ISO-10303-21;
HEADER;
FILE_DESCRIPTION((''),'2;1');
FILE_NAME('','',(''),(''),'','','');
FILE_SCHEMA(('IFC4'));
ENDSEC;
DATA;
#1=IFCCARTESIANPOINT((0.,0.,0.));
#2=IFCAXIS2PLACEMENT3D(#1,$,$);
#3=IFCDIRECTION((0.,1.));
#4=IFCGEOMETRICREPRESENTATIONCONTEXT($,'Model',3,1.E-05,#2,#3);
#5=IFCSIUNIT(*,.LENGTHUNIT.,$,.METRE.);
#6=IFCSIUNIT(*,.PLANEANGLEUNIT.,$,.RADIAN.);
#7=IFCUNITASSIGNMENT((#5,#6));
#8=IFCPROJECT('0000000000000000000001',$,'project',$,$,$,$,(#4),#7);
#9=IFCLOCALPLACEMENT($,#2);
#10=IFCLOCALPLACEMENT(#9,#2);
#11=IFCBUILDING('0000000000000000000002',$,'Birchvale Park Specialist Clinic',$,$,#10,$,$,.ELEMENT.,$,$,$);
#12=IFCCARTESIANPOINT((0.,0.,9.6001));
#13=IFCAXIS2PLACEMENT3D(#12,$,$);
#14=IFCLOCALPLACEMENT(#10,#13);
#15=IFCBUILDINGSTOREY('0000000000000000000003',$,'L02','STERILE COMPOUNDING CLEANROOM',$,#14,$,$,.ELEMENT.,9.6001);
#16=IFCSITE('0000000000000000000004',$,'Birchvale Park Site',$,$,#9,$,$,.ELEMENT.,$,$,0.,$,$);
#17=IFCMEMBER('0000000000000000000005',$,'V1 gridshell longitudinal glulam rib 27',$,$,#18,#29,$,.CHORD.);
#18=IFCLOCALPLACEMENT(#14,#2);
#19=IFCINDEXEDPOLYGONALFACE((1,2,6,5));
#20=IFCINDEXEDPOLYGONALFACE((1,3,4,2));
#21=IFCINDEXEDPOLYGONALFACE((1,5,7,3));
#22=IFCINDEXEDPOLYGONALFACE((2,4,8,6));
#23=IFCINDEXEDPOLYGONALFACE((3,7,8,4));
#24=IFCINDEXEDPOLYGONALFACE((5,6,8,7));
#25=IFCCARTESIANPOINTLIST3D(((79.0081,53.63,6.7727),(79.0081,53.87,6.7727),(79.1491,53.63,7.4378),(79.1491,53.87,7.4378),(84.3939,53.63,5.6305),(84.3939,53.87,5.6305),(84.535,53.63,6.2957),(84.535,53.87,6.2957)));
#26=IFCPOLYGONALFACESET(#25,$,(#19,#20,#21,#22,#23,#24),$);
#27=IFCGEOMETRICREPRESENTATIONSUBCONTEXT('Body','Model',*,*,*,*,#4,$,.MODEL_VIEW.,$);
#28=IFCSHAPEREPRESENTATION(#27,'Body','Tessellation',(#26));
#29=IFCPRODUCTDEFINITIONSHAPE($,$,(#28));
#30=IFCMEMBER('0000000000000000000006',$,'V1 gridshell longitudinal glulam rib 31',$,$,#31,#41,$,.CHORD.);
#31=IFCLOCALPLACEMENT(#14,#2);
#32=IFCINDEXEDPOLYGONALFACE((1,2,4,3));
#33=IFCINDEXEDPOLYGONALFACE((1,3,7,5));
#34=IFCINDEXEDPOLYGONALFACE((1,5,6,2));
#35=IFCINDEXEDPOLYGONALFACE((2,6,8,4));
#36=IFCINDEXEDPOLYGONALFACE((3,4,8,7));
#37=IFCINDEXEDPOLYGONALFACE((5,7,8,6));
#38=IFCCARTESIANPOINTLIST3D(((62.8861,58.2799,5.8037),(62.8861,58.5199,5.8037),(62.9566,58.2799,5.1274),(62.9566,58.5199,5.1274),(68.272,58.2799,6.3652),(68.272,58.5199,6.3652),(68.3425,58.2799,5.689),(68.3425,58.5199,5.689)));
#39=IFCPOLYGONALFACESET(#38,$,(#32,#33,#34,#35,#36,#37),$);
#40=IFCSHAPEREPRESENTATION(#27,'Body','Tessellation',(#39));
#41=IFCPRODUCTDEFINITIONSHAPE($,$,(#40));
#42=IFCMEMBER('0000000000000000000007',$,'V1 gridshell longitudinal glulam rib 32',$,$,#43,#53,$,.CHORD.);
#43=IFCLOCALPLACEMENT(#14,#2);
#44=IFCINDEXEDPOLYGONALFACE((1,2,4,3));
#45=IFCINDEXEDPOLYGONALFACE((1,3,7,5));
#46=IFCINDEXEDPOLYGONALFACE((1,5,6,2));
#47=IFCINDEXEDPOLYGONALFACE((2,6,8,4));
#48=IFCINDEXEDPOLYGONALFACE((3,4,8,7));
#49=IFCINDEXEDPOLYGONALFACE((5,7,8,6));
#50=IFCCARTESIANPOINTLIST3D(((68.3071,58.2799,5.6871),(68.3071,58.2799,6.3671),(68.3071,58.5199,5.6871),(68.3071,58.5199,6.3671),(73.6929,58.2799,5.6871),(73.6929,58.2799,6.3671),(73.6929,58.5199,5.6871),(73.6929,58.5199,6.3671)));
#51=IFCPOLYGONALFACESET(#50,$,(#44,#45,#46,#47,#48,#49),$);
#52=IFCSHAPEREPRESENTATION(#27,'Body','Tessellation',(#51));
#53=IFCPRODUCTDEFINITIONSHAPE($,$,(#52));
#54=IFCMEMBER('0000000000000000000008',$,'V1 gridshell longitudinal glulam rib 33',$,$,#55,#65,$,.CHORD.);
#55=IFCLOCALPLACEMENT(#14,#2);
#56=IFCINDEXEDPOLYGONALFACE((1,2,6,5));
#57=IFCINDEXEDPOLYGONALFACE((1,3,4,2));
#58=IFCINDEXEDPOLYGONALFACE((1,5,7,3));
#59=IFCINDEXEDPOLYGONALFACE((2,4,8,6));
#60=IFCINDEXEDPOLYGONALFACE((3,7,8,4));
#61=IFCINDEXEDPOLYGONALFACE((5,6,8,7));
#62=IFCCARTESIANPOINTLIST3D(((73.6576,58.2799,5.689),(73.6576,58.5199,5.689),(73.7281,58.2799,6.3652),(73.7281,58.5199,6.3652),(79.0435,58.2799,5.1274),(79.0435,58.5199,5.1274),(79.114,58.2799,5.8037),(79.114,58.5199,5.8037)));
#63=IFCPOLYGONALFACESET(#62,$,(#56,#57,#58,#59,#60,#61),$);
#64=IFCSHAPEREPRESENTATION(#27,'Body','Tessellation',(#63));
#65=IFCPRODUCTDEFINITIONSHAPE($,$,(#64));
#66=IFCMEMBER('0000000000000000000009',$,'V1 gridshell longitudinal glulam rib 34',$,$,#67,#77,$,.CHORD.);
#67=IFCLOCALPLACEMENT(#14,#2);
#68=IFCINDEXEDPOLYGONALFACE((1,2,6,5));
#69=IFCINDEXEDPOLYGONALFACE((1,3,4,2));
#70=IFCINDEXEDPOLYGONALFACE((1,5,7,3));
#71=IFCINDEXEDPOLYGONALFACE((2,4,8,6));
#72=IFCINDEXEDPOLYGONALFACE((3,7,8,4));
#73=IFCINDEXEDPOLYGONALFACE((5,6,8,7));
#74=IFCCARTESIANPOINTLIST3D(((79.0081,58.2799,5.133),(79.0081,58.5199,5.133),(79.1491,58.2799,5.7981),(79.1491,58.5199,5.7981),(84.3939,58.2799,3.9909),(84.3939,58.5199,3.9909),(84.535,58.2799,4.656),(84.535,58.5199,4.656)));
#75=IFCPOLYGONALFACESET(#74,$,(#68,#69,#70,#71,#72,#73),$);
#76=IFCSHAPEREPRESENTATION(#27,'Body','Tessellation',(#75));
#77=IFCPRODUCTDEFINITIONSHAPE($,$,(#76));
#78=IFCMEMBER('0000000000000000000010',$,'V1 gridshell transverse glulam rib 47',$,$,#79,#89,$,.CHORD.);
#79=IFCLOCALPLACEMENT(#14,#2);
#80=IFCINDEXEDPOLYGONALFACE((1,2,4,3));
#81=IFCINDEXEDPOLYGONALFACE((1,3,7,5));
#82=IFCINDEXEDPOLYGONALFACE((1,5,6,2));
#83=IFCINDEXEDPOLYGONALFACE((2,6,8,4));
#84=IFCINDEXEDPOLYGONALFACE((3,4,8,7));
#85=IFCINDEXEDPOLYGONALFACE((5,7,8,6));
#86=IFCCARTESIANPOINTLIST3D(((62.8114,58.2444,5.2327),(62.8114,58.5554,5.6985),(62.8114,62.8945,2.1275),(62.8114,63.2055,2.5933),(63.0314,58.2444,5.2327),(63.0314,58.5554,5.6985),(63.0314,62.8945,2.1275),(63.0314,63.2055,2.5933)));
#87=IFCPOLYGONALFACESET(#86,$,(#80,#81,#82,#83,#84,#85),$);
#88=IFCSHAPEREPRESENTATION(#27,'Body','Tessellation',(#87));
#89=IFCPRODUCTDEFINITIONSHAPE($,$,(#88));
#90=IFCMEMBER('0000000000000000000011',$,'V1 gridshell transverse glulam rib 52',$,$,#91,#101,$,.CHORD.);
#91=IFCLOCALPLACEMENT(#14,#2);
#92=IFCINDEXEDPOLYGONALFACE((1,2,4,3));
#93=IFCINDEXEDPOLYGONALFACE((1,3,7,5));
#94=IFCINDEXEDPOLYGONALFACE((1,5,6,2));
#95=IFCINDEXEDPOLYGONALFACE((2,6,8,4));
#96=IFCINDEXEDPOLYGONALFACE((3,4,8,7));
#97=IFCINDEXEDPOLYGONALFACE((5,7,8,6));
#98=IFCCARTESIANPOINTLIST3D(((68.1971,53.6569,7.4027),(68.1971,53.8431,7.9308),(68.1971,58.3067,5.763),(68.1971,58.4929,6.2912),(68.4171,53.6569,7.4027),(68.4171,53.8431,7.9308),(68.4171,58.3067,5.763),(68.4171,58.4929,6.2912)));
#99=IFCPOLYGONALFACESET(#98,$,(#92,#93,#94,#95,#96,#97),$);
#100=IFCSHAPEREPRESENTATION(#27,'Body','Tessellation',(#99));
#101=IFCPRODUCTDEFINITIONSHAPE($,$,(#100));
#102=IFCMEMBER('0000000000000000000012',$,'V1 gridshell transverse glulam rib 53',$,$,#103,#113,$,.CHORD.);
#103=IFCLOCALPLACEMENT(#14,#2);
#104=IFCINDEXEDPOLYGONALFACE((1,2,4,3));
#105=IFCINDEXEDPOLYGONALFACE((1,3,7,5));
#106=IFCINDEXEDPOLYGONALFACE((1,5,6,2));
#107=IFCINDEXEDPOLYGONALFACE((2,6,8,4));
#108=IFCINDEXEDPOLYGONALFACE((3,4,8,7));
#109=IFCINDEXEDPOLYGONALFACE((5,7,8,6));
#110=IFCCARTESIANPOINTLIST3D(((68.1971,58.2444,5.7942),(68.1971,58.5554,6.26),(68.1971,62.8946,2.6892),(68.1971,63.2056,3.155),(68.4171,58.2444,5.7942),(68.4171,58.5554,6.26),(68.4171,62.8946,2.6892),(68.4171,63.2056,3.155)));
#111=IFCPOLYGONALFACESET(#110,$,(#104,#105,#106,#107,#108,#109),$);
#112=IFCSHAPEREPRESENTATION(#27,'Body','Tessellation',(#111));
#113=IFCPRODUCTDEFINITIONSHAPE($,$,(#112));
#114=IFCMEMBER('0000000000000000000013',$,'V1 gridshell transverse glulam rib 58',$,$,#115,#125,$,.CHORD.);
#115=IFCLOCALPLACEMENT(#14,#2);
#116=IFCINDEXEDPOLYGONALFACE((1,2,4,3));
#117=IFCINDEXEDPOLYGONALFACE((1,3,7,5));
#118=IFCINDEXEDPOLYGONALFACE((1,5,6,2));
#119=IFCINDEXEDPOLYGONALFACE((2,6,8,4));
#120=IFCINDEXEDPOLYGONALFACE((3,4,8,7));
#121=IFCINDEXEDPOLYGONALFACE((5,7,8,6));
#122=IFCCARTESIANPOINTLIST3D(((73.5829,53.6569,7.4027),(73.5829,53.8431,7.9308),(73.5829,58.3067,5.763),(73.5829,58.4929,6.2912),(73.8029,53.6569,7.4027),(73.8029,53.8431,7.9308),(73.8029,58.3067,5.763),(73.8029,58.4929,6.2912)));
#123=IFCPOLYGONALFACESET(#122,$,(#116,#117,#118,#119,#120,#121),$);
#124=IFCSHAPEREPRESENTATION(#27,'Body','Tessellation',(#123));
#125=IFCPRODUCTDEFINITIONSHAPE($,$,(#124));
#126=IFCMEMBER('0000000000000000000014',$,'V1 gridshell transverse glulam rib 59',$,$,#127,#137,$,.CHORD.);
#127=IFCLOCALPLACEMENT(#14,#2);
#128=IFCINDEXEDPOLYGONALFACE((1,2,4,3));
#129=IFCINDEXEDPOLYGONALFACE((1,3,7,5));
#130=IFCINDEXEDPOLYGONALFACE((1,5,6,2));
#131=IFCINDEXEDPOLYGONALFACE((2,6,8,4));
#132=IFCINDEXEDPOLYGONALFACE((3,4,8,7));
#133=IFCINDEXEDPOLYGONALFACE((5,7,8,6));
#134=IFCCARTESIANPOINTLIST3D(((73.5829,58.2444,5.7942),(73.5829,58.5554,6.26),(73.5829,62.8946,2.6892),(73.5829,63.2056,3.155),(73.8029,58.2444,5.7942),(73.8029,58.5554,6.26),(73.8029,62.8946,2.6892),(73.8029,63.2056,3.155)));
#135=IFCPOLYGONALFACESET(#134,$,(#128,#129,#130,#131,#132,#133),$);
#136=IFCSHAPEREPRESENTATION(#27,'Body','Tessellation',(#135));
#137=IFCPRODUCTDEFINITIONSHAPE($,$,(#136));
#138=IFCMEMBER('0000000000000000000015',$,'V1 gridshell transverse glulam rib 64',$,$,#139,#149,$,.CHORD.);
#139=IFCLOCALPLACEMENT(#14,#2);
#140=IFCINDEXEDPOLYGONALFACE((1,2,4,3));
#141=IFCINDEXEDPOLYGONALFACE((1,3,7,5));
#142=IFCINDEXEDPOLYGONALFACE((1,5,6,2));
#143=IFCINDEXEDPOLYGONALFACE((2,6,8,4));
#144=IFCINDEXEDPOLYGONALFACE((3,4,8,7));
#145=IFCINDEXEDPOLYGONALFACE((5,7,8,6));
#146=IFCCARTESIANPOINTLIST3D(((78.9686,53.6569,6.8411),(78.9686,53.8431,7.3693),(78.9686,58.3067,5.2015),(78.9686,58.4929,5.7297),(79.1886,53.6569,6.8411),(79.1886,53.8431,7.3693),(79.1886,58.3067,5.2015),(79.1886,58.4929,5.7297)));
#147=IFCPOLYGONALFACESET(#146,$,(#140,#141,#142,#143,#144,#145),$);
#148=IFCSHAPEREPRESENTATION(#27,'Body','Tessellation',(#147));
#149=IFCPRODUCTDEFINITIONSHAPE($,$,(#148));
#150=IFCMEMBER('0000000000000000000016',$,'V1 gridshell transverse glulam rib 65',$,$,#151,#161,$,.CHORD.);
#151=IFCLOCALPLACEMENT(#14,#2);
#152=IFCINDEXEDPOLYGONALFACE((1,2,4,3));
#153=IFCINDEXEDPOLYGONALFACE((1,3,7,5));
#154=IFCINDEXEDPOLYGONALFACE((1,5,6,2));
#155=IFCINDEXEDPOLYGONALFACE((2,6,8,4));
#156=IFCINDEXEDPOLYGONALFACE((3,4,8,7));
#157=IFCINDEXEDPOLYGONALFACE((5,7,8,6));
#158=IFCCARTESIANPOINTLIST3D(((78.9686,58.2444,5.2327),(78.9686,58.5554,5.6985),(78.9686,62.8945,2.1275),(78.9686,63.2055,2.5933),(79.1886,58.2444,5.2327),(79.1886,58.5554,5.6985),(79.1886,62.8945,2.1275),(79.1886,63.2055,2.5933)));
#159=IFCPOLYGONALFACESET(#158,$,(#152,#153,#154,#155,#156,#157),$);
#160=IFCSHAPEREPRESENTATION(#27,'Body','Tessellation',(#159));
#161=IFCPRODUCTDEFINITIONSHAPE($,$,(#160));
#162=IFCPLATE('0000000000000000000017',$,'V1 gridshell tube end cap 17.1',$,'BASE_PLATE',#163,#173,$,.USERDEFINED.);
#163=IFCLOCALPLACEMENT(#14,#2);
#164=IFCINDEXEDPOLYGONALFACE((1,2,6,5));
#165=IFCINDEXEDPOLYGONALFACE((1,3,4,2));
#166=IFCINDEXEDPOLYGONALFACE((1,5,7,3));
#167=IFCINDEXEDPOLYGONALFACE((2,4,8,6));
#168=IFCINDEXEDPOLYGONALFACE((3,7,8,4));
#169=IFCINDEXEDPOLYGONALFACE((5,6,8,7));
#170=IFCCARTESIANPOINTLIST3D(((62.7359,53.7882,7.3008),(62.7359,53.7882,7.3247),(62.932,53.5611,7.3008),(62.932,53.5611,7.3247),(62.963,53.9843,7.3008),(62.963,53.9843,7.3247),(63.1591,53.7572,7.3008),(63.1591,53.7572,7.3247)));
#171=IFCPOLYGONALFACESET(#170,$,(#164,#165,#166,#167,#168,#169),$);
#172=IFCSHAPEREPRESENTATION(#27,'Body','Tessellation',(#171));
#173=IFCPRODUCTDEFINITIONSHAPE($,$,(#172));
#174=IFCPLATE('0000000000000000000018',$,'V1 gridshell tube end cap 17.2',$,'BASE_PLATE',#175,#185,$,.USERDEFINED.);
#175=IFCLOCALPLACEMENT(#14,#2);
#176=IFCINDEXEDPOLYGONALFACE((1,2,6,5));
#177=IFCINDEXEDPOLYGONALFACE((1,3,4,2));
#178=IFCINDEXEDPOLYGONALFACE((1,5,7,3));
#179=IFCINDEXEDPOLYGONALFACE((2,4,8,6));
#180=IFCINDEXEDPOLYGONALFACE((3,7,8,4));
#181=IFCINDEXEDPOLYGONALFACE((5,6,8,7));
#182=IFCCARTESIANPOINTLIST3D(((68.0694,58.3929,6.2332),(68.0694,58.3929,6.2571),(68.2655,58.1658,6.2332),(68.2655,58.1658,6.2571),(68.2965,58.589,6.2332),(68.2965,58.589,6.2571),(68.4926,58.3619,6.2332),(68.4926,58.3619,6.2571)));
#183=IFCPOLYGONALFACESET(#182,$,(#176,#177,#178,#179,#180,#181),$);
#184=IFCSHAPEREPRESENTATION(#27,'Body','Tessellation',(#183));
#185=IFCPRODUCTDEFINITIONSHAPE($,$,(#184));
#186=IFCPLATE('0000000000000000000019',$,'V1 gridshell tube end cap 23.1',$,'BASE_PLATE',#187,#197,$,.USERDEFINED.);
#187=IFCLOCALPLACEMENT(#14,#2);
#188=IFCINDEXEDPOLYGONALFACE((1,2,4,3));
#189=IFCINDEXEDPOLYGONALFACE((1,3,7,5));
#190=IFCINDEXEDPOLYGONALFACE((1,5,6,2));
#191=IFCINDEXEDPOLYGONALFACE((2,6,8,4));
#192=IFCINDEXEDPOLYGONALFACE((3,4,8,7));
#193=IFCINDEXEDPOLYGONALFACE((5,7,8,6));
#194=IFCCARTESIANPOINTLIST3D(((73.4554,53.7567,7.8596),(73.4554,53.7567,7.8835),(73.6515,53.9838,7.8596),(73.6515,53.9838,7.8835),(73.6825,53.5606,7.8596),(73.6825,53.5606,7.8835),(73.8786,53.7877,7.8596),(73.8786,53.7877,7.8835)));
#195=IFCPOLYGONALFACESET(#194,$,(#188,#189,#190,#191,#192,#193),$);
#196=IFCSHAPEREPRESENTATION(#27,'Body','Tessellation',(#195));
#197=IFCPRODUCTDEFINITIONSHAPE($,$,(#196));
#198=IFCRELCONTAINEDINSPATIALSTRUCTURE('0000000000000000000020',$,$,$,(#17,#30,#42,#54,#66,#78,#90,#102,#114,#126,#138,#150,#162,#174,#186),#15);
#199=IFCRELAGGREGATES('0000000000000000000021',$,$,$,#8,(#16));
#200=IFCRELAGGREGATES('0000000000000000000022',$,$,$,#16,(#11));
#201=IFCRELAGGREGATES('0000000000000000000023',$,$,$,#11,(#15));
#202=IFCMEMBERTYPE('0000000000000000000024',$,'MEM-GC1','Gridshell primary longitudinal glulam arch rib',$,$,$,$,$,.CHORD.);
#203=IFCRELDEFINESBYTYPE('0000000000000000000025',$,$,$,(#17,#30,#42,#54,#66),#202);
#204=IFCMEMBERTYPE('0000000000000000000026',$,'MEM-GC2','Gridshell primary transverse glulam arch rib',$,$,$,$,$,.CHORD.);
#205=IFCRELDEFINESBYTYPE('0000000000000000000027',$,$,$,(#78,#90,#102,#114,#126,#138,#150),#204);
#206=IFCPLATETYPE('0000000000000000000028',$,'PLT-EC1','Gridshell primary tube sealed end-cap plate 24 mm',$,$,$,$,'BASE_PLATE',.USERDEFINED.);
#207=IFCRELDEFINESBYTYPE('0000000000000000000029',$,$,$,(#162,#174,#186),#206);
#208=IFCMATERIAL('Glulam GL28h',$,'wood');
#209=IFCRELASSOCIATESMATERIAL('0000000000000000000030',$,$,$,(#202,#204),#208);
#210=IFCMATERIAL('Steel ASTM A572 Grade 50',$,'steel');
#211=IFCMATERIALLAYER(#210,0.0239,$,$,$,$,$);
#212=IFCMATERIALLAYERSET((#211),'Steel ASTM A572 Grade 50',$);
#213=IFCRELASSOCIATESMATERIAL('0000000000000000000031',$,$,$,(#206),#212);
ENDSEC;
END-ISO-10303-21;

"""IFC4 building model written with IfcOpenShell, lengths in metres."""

from ifc_helpers import new_model, si_unit, direction, frame, origin, origin_2d, place, context, subcontext, project, spatial, rectangle, extrude, material, layer, layer_set, material_profile, profile_set, type_object, element, save


model = new_model("IFC4")

# Units and contexts
model_context = context("Model", 3, precision=1e-05, world=origin(), true_north=direction((0.0, 1.0)))
body_context = subcontext(model_context, "Body", "Model", "MODEL_VIEW")
ifc_project = project(units=[si_unit("LENGTHUNIT", "METRE"), si_unit("PLANEANGLEUNIT", "RADIAN")], contexts=[model_context])

# Site, building, storey
site_placement = place(None, origin())
site = spatial("IfcSite", under=ifc_project, at=site_placement, Name="Birchvale Park Site", CompositionType="ELEMENT", RefElevation=0.0)
building_placement = place(site_placement, origin())
building = spatial("IfcBuilding", under=site, at=building_placement, Name="Birchvale Park Specialist Clinic", CompositionType="ELEMENT")
storey_placement = place(building_placement, frame((0.0, 0.0, 9.6001)))
storey = spatial("IfcBuildingStorey", under=building, at=storey_placement, Name="L02", Description="STERILE COMPOUNDING CLEANROOM", CompositionType="ELEMENT", Elevation=9.6001)

# Members
ifc_material_1 = material(Name="Glulam GL28h", Category="wood")
ifc_material_profile_1 = material_profile(ifc_material_1, rectangle(XDim=0.24, YDim=0.6799, at=origin_2d()), Name="GL-240x680")
ifc_profile_set_1 = profile_set([ifc_material_profile_1], Name="Glulam GL28h")
member_type_1 = type_object("IfcMemberType", Name="MEM-GC1", Description="Gridshell primary longitudinal glulam arch rib", PredefinedType="CHORD", material=ifc_profile_set_1)
member_1_placement = place(storey_placement, frame((79.0786, 53.75, 7.1052), z_axis=(0.978247, 0.0, -0.207445), x_axis=(0.0, 1.0, 0.0)))
element("IfcMember", 1, at=member_1_placement, inside=storey, type_object=member_type_1, Name="V1 gridshell longitudinal glulam rib 27", PredefinedType="CHORD", context=body_context, shape_type="SweptSolid", body=[
    extrude(rectangle(XDim=0.24, YDim=0.6799, at=origin_2d()), origin(), (0.0, 0.0, 1.0), 5.5056),
])
member_2_placement = place(storey_placement, frame((62.9214, 58.3999, 5.4656), z_axis=(0.994609, 0.0, 0.103699), x_axis=(0.0, 1.0, 0.0)))
element("IfcMember", 2, at=member_2_placement, inside=storey, type_object=member_type_1, Name="V1 gridshell longitudinal glulam rib 31", PredefinedType="CHORD", context=body_context, shape_type="SweptSolid", body=[
    extrude(rectangle(XDim=0.24, YDim=0.6799, at=origin_2d()), origin(), (0.0, 0.0, 1.0), 5.415),
])
member_3_placement = place(storey_placement, frame((68.3071, 58.3999, 6.0271), z_axis=(1.0, 0.0, 0.0), x_axis=(0.0, 1.0, 0.0)))
element("IfcMember", 3, at=member_3_placement, inside=storey, type_object=member_type_1, Name="V1 gridshell longitudinal glulam rib 32", PredefinedType="CHORD", context=body_context, shape_type="SweptSolid", body=[
    extrude(rectangle(XDim=0.24, YDim=0.6799, at=origin_2d()), origin(), (0.0, 0.0, 1.0), 5.3857),
])
member_4_placement = place(storey_placement, frame((73.6929, 58.3999, 6.0271), z_axis=(0.994609, 0.0, -0.103699), x_axis=(0.0, 1.0, 0.0)))
element("IfcMember", 4, at=member_4_placement, inside=storey, type_object=member_type_1, Name="V1 gridshell longitudinal glulam rib 33", PredefinedType="CHORD", context=body_context, shape_type="SweptSolid", body=[
    extrude(rectangle(XDim=0.24, YDim=0.6799, at=origin_2d()), origin(), (0.0, 0.0, 1.0), 5.415),
])
member_5_placement = place(storey_placement, frame((79.0786, 58.3999, 5.4656), z_axis=(0.978247, 0.0, -0.207445), x_axis=(0.0, 1.0, 0.0)))
element("IfcMember", 5, at=member_5_placement, inside=storey, type_object=member_type_1, Name="V1 gridshell longitudinal glulam rib 34", PredefinedType="CHORD", context=body_context, shape_type="SweptSolid", body=[
    extrude(rectangle(XDim=0.24, YDim=0.6799, at=origin_2d()), origin(), (0.0, 0.0, 1.0), 5.5056),
])
ifc_material_profile_2 = material_profile(ifc_material_1, rectangle(XDim=0.22, YDim=0.5601, at=origin_2d()), Name="GL-220x560")
ifc_profile_set_2 = profile_set([ifc_material_profile_2], Name="Glulam GL28h")
member_type_2 = type_object("IfcMemberType", Name="MEM-GC2", Description="Gridshell primary transverse glulam arch rib", PredefinedType="CHORD", material=ifc_profile_set_2)
member_6_placement = place(storey_placement, frame((62.9214, 58.3999, 5.4656), z_axis=(0.0, 0.831627, -0.555335), x_axis=(-1.0, 0.0, 0.0)))
element("IfcMember", 6, at=member_6_placement, inside=storey, type_object=member_type_2, Name="V1 gridshell transverse glulam rib 47", PredefinedType="CHORD", context=body_context, shape_type="SweptSolid", body=[
    extrude(rectangle(XDim=0.22, YDim=0.5601, at=origin_2d()), origin(), (0.0, 0.0, 1.0), 5.5916),
])
member_7_placement = place(storey_placement, frame((68.3071, 53.75, 7.6667), z_axis=(0.0, 0.943085, -0.332551), x_axis=(-1.0, 0.0, 0.0)))
element("IfcMember", 7, at=member_7_placement, inside=storey, type_object=member_type_2, Name="V1 gridshell transverse glulam rib 52", PredefinedType="CHORD", context=body_context, shape_type="SweptSolid", body=[
    extrude(rectangle(XDim=0.22, YDim=0.5601, at=origin_2d()), origin(), (0.0, 0.0, 1.0), 4.9304),
])
member_8_placement = place(storey_placement, frame((68.3071, 58.3999, 6.0271), z_axis=(0.0, 0.831647, -0.555305), x_axis=(-1.0, 0.0, 0.0)))
element("IfcMember", 8, at=member_8_placement, inside=storey, type_object=member_type_2, Name="V1 gridshell transverse glulam rib 53", PredefinedType="CHORD", context=body_context, shape_type="SweptSolid", body=[
    extrude(rectangle(XDim=0.22, YDim=0.5601, at=origin_2d()), origin(), (0.0, 0.0, 1.0), 5.5916),
])
member_9_placement = place(storey_placement, frame((73.6929, 53.75, 7.6667), z_axis=(0.0, 0.943085, -0.332551), x_axis=(-1.0, 0.0, 0.0)))
element("IfcMember", 9, at=member_9_placement, inside=storey, type_object=member_type_2, Name="V1 gridshell transverse glulam rib 58", PredefinedType="CHORD", context=body_context, shape_type="SweptSolid", body=[
    extrude(rectangle(XDim=0.22, YDim=0.5601, at=origin_2d()), origin(), (0.0, 0.0, 1.0), 4.9304),
])
member_10_placement = place(storey_placement, frame((73.6929, 58.3999, 6.0271), z_axis=(0.0, 0.831647, -0.555305), x_axis=(-1.0, 0.0, 0.0)))
element("IfcMember", 10, at=member_10_placement, inside=storey, type_object=member_type_2, Name="V1 gridshell transverse glulam rib 59", PredefinedType="CHORD", context=body_context, shape_type="SweptSolid", body=[
    extrude(rectangle(XDim=0.22, YDim=0.5601, at=origin_2d()), origin(), (0.0, 0.0, 1.0), 5.5916),
])
member_11_placement = place(storey_placement, frame((79.0786, 53.75, 7.1052), z_axis=(0.0, 0.943085, -0.332551), x_axis=(-1.0, 0.0, 0.0)))
element("IfcMember", 11, at=member_11_placement, inside=storey, type_object=member_type_2, Name="V1 gridshell transverse glulam rib 64", PredefinedType="CHORD", context=body_context, shape_type="SweptSolid", body=[
    extrude(rectangle(XDim=0.22, YDim=0.5601, at=origin_2d()), origin(), (0.0, 0.0, 1.0), 4.9304),
])
member_12_placement = place(storey_placement, frame((79.0786, 58.3999, 5.4656), z_axis=(0.0, 0.831627, -0.555335), x_axis=(-1.0, 0.0, 0.0)))
element("IfcMember", 12, at=member_12_placement, inside=storey, type_object=member_type_2, Name="V1 gridshell transverse glulam rib 65", PredefinedType="CHORD", context=body_context, shape_type="SweptSolid", body=[
    extrude(rectangle(XDim=0.22, YDim=0.5601, at=origin_2d()), origin(), (0.0, 0.0, 1.0), 5.5916),
])

# Plates
ifc_material_2 = material(Name="Steel ASTM A572 Grade 50", Category="steel")
ifc_layer_1 = layer(ifc_material_2, 0.0239)
ifc_layer_set_1 = layer_set([ifc_layer_1], Name="Steel ASTM A572 Grade 50")
plate_type_1 = type_object("IfcPlateType", Name="PLT-EC1", Description="Gridshell primary tube sealed end-cap plate 24 mm", ElementType="BASE_PLATE", PredefinedType="USERDEFINED", material=ifc_layer_set_1)
for number, where, z_axis, x_axis, name in (
    (13, (62.9475, 53.7727, 7.3008), (0.0, 0.0, 1.0), (0.756881, 0.653553, 0.0), "V1 gridshell tube end cap 17.1"),
    (14, (68.281, 58.3774, 6.2332), (0.0, 0.0, 1.0), (0.756881, 0.653553, 0.0), "V1 gridshell tube end cap 17.2"),
    (15, (73.667, 53.7722, 7.8596), (0.0, 0.0, 1.0), (-0.756881, 0.653553, 0.0), "V1 gridshell tube end cap 23.1"),
):
    element("IfcPlate", number, at=place(storey_placement, frame(where, z_axis=z_axis, x_axis=x_axis)), inside=storey, type_object=plate_type_1, Name=name, ObjectType="BASE_PLATE", PredefinedType="USERDEFINED", context=body_context, shape_type="SweptSolid", body=[
        extrude(rectangle(XDim=0.3, YDim=0.3, at=origin_2d()), origin(), (0.0, 0.0, 1.0), 0.0239),
    ])

save(model, "model.ifc")
